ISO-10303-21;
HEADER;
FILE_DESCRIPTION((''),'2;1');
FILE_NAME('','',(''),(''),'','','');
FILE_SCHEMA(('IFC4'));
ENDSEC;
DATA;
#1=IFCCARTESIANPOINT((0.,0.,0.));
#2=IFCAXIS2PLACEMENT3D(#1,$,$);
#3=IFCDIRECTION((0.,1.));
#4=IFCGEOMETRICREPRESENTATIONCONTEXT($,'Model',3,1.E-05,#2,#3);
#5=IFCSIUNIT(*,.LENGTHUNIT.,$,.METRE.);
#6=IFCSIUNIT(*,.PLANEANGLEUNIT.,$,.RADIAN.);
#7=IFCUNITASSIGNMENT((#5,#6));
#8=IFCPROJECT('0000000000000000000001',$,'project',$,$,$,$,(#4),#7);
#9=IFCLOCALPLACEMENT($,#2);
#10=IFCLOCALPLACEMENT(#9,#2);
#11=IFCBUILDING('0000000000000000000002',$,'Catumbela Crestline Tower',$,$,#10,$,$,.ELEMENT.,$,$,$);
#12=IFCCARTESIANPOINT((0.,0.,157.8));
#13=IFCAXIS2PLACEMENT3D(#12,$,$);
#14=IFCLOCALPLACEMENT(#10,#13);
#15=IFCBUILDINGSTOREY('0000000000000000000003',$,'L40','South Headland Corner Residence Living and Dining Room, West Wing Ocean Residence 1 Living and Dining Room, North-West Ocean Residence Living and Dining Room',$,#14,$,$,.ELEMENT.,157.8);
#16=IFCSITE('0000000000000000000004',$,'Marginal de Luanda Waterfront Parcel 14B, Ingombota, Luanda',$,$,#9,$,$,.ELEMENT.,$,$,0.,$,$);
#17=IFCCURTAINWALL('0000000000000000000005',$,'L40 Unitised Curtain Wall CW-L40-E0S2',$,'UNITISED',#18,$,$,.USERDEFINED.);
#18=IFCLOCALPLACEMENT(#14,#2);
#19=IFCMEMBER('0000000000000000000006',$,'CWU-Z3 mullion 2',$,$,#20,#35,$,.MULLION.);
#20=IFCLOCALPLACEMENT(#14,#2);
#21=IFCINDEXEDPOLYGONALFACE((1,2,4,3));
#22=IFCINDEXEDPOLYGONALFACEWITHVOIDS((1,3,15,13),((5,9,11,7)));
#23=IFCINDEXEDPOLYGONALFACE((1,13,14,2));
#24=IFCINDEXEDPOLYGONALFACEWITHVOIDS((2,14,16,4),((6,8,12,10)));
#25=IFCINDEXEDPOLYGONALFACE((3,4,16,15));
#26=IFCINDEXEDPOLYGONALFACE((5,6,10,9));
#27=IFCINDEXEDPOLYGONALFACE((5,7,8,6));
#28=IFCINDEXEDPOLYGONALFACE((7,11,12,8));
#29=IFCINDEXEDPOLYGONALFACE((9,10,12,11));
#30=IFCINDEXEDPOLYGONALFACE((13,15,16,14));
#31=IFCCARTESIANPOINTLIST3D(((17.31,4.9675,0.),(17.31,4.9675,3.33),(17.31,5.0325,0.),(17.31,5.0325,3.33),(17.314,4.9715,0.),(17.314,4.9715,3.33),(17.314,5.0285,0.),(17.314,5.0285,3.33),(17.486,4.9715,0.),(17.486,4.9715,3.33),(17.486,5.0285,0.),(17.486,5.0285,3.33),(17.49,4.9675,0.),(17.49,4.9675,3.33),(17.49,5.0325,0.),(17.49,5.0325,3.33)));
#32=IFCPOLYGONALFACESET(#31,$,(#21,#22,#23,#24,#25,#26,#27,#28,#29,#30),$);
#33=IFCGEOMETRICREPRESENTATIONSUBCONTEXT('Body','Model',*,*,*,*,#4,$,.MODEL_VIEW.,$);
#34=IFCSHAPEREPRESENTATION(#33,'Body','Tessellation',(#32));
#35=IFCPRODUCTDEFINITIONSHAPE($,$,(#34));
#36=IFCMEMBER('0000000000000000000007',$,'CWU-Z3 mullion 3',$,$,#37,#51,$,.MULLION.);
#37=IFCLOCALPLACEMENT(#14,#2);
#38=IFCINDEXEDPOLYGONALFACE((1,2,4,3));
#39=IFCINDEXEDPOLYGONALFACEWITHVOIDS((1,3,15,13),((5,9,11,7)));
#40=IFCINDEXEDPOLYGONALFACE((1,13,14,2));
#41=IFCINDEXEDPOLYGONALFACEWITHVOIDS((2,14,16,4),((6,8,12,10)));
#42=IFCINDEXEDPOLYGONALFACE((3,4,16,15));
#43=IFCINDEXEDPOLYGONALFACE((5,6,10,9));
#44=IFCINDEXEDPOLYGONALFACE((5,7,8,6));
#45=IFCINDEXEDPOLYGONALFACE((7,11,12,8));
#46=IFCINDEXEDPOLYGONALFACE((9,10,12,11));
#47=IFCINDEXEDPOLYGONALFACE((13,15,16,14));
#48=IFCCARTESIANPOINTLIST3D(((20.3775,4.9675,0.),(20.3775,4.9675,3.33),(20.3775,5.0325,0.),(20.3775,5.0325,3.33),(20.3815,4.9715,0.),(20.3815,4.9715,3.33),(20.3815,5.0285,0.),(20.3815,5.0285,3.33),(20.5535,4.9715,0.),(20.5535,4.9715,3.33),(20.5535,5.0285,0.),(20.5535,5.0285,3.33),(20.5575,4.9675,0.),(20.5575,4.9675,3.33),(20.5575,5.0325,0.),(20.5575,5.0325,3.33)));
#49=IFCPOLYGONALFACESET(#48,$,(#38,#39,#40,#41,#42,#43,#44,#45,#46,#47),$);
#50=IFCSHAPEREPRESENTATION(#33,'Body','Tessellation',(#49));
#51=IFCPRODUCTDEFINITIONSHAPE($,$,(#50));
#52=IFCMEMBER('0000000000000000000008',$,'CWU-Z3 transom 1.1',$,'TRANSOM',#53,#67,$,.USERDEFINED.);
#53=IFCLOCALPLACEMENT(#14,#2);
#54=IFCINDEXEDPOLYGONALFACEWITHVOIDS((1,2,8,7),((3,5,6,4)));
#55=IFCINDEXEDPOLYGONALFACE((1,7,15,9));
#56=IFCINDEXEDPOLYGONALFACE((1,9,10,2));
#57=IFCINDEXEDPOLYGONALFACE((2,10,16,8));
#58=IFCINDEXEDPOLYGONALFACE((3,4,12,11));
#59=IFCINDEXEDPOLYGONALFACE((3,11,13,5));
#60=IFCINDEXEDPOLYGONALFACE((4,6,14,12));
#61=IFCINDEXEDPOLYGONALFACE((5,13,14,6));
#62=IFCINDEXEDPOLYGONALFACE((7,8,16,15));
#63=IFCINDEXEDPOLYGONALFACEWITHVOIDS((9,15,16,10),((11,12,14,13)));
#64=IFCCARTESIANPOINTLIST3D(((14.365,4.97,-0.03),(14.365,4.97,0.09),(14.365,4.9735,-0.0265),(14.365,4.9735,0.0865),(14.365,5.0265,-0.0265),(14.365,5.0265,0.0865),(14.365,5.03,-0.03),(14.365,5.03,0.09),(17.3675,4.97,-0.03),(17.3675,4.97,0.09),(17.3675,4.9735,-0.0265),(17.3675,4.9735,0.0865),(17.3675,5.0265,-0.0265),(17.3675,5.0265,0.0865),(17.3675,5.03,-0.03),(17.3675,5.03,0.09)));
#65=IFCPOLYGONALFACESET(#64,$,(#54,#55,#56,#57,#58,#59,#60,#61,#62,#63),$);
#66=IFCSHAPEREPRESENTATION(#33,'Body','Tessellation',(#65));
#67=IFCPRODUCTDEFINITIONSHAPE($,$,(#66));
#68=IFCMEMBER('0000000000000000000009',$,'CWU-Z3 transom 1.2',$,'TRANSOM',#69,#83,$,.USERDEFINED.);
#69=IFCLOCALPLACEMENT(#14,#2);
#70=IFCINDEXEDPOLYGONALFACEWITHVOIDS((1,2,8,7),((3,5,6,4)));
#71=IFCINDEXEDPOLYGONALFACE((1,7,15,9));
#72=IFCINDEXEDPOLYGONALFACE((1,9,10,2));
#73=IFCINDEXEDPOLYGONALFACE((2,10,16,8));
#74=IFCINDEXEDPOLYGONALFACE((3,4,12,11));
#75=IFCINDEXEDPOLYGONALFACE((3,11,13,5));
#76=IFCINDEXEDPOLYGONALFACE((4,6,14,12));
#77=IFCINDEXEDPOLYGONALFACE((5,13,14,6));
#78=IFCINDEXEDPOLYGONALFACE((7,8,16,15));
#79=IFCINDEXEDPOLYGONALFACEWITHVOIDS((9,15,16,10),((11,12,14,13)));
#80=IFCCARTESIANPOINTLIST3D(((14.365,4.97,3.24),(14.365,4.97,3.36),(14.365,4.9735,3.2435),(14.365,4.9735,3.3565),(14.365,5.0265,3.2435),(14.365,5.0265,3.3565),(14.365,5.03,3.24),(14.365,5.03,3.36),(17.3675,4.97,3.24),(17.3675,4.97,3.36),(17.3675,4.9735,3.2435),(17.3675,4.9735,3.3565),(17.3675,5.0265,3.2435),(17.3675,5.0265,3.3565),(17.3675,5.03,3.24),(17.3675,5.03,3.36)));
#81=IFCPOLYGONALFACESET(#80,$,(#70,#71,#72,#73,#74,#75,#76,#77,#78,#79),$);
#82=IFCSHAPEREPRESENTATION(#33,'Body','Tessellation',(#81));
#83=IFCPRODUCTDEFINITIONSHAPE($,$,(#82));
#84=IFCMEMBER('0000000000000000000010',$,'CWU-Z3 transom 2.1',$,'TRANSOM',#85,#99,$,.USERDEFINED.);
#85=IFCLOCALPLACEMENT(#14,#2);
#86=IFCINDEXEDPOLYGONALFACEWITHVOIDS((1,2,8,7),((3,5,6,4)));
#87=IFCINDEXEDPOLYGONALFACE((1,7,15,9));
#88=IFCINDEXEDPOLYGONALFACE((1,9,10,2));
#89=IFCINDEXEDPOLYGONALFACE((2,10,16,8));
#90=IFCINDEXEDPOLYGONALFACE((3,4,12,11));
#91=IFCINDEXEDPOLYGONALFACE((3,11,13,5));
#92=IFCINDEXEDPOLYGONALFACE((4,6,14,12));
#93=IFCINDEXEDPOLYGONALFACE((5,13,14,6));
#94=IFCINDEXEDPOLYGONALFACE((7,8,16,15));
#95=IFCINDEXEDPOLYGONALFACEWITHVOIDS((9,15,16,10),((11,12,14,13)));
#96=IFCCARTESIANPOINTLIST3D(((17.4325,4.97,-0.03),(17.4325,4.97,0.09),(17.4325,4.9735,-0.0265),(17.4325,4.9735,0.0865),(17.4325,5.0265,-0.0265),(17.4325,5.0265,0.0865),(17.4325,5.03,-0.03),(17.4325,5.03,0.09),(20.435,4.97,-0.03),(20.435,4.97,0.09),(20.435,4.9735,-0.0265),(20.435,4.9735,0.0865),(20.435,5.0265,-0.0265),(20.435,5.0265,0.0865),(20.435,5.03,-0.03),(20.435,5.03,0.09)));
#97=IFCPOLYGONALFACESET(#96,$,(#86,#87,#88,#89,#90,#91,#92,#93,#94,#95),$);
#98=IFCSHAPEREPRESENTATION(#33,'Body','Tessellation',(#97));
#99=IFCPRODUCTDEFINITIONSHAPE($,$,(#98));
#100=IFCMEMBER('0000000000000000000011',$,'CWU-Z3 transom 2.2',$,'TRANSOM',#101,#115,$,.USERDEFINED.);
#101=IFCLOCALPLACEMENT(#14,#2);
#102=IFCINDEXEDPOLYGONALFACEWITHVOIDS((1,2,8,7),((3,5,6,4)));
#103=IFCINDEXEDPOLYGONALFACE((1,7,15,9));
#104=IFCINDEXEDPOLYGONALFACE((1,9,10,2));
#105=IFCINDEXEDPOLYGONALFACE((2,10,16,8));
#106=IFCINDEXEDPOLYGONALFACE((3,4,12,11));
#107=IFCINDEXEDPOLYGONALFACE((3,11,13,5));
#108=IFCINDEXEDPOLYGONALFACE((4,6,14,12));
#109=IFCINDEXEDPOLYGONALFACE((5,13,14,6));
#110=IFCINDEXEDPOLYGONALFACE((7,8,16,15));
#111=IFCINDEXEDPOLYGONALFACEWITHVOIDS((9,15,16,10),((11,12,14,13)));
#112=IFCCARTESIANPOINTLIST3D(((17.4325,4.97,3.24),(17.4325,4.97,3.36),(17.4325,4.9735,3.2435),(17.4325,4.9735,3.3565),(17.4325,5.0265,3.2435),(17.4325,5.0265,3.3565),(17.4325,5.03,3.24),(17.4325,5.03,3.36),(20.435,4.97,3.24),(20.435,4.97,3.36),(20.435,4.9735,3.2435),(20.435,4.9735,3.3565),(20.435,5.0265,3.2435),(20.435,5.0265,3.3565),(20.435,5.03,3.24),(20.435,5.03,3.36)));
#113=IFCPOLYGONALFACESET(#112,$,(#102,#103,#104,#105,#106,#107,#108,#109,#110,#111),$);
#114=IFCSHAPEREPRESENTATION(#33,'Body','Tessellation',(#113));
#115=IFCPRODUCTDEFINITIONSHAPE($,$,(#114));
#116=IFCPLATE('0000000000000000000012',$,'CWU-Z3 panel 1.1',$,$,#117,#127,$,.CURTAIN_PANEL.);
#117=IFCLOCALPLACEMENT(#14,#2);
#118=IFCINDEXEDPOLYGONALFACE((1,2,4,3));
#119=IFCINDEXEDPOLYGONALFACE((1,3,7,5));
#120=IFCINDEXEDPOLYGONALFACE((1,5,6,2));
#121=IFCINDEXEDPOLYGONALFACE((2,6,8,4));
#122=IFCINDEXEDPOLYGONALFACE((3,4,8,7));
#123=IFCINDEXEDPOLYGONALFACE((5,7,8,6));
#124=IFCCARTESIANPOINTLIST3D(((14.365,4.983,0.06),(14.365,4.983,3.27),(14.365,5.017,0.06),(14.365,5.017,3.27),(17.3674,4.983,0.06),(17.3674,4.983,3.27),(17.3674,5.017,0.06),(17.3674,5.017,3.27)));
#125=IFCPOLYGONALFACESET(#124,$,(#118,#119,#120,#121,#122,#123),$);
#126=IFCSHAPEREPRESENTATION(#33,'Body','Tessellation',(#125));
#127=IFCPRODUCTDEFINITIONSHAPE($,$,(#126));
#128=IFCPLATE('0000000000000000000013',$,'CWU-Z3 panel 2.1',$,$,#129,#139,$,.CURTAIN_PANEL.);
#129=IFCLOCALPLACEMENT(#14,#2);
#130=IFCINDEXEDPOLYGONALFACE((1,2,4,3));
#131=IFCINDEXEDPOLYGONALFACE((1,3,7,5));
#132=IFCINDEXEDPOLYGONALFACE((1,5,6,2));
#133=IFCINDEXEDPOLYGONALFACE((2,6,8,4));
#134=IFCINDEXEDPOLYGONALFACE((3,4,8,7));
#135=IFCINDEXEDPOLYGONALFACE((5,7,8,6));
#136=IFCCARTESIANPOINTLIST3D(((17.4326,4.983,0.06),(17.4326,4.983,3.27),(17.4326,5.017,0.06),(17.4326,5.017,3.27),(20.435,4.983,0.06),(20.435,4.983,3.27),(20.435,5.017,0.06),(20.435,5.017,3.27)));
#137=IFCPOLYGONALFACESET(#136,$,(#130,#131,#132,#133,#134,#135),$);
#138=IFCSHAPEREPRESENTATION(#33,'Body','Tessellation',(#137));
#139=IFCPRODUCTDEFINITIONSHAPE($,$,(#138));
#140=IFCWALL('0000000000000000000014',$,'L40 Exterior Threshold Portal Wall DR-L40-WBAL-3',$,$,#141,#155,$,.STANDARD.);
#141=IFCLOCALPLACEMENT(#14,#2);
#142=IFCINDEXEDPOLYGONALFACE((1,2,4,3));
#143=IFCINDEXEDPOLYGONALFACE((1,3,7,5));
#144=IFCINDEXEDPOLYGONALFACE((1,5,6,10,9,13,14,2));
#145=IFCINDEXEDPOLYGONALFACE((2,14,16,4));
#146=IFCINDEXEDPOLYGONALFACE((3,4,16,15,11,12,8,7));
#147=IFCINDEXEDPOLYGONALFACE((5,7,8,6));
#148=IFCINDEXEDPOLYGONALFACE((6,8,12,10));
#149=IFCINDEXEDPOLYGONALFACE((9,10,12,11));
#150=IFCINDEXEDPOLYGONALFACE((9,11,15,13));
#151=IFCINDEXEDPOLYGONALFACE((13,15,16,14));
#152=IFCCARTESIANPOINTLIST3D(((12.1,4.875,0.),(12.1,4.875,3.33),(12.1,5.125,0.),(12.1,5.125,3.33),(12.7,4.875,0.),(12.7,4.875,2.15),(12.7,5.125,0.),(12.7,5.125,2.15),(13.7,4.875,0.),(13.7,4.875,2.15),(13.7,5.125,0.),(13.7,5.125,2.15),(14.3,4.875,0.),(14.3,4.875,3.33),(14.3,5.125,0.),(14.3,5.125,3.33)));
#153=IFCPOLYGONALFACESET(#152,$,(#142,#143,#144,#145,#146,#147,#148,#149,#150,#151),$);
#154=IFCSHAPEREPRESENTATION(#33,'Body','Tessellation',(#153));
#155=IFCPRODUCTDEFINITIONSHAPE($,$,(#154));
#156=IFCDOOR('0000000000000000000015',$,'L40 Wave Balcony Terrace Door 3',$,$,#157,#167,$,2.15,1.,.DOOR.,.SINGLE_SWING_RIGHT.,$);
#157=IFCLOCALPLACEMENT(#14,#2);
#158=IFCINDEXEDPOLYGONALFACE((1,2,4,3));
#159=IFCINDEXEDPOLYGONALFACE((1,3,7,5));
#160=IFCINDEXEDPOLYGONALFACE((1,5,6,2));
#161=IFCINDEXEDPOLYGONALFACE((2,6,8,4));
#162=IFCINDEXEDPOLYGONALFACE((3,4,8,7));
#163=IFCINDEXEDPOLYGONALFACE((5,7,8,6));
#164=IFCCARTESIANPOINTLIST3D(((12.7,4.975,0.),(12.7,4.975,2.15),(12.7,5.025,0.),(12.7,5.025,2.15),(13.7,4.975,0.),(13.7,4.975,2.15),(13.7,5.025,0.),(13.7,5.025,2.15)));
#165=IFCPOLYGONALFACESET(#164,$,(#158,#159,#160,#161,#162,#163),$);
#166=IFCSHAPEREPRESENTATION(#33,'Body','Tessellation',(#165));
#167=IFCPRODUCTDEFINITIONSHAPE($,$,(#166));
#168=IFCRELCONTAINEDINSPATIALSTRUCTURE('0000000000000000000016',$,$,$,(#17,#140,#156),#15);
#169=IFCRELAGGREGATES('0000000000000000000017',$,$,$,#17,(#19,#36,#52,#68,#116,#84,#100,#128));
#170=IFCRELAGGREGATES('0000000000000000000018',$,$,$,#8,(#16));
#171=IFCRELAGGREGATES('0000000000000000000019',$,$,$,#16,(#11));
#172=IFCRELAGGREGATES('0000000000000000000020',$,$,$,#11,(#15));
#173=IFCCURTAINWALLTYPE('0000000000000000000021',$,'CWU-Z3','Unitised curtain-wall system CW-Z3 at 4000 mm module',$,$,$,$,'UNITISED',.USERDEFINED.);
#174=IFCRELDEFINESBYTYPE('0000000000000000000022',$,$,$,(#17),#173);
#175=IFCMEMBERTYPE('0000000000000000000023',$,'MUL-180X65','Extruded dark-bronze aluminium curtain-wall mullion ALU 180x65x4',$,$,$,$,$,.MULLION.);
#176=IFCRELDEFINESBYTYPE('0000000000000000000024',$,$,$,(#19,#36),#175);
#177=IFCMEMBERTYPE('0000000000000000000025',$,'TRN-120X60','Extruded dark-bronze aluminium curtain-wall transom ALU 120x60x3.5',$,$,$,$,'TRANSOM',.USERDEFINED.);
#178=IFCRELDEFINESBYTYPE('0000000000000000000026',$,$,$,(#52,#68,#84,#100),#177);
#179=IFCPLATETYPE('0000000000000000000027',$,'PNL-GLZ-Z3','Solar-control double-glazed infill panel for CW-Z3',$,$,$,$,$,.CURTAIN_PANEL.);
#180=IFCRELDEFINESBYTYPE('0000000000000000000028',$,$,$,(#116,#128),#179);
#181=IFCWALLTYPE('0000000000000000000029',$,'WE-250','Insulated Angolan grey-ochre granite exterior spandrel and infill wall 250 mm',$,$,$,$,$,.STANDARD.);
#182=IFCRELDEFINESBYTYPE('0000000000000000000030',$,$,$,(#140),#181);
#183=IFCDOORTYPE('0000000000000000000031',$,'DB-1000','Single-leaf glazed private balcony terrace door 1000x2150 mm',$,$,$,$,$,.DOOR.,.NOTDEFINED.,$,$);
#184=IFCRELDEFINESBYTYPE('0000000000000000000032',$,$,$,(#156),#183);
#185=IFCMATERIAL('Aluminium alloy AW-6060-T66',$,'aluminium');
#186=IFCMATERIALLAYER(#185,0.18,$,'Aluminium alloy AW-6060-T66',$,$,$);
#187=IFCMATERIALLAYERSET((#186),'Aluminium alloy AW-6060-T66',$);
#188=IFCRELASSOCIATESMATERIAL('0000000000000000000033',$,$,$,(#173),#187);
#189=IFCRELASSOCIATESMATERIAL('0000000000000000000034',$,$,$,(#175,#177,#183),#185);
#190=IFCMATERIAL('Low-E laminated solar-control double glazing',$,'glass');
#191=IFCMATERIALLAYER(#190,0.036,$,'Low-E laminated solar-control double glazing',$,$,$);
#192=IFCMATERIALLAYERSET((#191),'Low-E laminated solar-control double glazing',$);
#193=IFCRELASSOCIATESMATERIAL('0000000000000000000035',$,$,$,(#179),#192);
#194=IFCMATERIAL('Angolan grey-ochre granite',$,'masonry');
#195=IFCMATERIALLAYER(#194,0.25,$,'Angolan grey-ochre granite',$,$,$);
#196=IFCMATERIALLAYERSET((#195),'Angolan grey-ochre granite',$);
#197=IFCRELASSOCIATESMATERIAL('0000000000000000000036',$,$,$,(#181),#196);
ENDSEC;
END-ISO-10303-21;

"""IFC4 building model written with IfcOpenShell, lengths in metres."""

from ifc_helpers import new_model, si_unit, direction, frame, frame_2d, origin, origin_2d, place, context, subcontext, project, spatial, rectangle, hollow_rectangle, extrude, material, layer, layer_set, material_profile, profile_set, type_object, element, fill, aggregate, save


model = new_model("IFC4")

# Units and contexts
model_context = context("Model", 3, precision=1e-05, world=origin(), true_north=direction((0.0, 1.0)))
body_context = subcontext(model_context, "Body", "Model", "MODEL_VIEW")
ifc_project = project(units=[si_unit("LENGTHUNIT", "METRE"), si_unit("PLANEANGLEUNIT", "RADIAN")], contexts=[model_context])

# Site, building, storey
site_placement = place(None, origin())
site = spatial("IfcSite", under=ifc_project, at=site_placement, Name="Marginal de Luanda Waterfront Parcel 14B, Ingombota, Luanda", CompositionType="ELEMENT", RefElevation=0.0)
building_placement = place(site_placement, origin())
building = spatial("IfcBuilding", under=site, at=building_placement, Name="Catumbela Crestline Tower", CompositionType="ELEMENT")
storey_placement = place(building_placement, frame((0.0, 0.0, 157.8)))
storey = spatial("IfcBuildingStorey", under=building, at=storey_placement, Name="L40", Description="South Headland Corner Residence Living and Dining Room, West Wing Ocean Residence 1 Living and Dining Room, North-West Ocean Residence Living and Dining Room", CompositionType="ELEMENT", Elevation=157.8)

# Curtain wall, members, plates
ifc_material_1 = material(Name="Aluminium alloy AW-6060-T66", Category="aluminium")
ifc_layer_1 = layer(ifc_material_1, 0.18, Name="Aluminium alloy AW-6060-T66")
ifc_layer_set_1 = layer_set([ifc_layer_1], Name="Aluminium alloy AW-6060-T66")
curtain_wall_type = type_object("IfcCurtainWallType", Name="CWU-Z3", Description="Unitised curtain-wall system CW-Z3 at 4000 mm module", ElementType="UNITISED", PredefinedType="USERDEFINED", material=ifc_layer_set_1)
curtain_wall_placement = place(storey_placement, origin())
curtain_wall = element("IfcCurtainWall", 1, at=curtain_wall_placement, inside=storey, type_object=curtain_wall_type, Name="L40 Unitised Curtain Wall CW-L40-E0S2", ObjectType="UNITISED", PredefinedType="USERDEFINED")
ifc_material_profile_1 = material_profile(ifc_material_1, hollow_rectangle(XDim=0.065, YDim=0.18, WallThickness=0.004, at=origin_2d()), Name="ALU 180x65x4")
ifc_profile_set_1 = profile_set([ifc_material_profile_1], Name="Aluminium alloy AW-6060-T66")
member_type_1 = type_object("IfcMemberType", Name="MUL-180X65", Description="Extruded dark-bronze aluminium curtain-wall mullion ALU 180x65x4", PredefinedType="MULLION", material=ifc_profile_set_1)
member_1_placement = place(storey_placement, frame((17.4, 5.0, 0.0), z_axis=(0.0, 0.0, 1.0), x_axis=(0.0, 1.0, 0.0)))
member_1 = element("IfcMember", 2, at=member_1_placement, type_object=member_type_1, Name="CWU-Z3 mullion 2", PredefinedType="MULLION", context=body_context, shape_type="SweptSolid", body=[
    extrude(hollow_rectangle(XDim=0.065, YDim=0.18, WallThickness=0.004, at=origin_2d()), origin(), (0.0, 0.0, 1.0), 3.33),
])
member_2_placement = place(storey_placement, frame((20.4675, 5.0, 0.0), z_axis=(0.0, 0.0, 1.0), x_axis=(0.0, 1.0, 0.0)))
member_2 = element("IfcMember", 3, at=member_2_placement, type_object=member_type_1, Name="CWU-Z3 mullion 3", PredefinedType="MULLION", context=body_context, shape_type="SweptSolid", body=[
    extrude(hollow_rectangle(XDim=0.065, YDim=0.18, WallThickness=0.004, at=origin_2d()), origin(), (0.0, 0.0, 1.0), 3.33),
])
ifc_material_profile_2 = material_profile(ifc_material_1, hollow_rectangle(XDim=0.06, YDim=0.12, WallThickness=0.0035, at=origin_2d()), Name="ALU 120x60x3.5")
ifc_profile_set_2 = profile_set([ifc_material_profile_2], Name="Aluminium alloy AW-6060-T66")
member_type_2 = type_object("IfcMemberType", Name="TRN-120X60", Description="Extruded dark-bronze aluminium curtain-wall transom ALU 120x60x3.5", ElementType="TRANSOM", PredefinedType="USERDEFINED", material=ifc_profile_set_2)
member_3_placement = place(storey_placement, frame((14.365, 5.0, 0.03), z_axis=(1.0, 0.0, 0.0), x_axis=(0.0, 1.0, 0.0)))
member_3 = element("IfcMember", 4, at=member_3_placement, type_object=member_type_2, Name="CWU-Z3 transom 1.1", ObjectType="TRANSOM", PredefinedType="USERDEFINED", context=body_context, shape_type="SweptSolid", body=[
    extrude(hollow_rectangle(XDim=0.06, YDim=0.12, WallThickness=0.0035, at=origin_2d()), origin(), (0.0, 0.0, 1.0), 3.0025),
])
member_4_placement = place(storey_placement, frame((14.365, 5.0, 3.3), z_axis=(1.0, 0.0, 0.0), x_axis=(0.0, 1.0, 0.0)))
member_4 = element("IfcMember", 5, at=member_4_placement, type_object=member_type_2, Name="CWU-Z3 transom 1.2", ObjectType="TRANSOM", PredefinedType="USERDEFINED", context=body_context, shape_type="SweptSolid", body=[
    extrude(hollow_rectangle(XDim=0.06, YDim=0.12, WallThickness=0.0035, at=origin_2d()), origin(), (0.0, 0.0, 1.0), 3.0025),
])
member_5_placement = place(storey_placement, frame((17.4325, 5.0, 0.03), z_axis=(1.0, 0.0, 0.0), x_axis=(0.0, 1.0, 0.0)))
member_5 = element("IfcMember", 6, at=member_5_placement, type_object=member_type_2, Name="CWU-Z3 transom 2.1", ObjectType="TRANSOM", PredefinedType="USERDEFINED", context=body_context, shape_type="SweptSolid", body=[
    extrude(hollow_rectangle(XDim=0.06, YDim=0.12, WallThickness=0.0035, at=origin_2d()), origin(), (0.0, 0.0, 1.0), 3.0025),
])
member_6_placement = place(storey_placement, frame((17.4325, 5.0, 3.3), z_axis=(1.0, 0.0, 0.0), x_axis=(0.0, 1.0, 0.0)))
member_6 = element("IfcMember", 7, at=member_6_placement, type_object=member_type_2, Name="CWU-Z3 transom 2.2", ObjectType="TRANSOM", PredefinedType="USERDEFINED", context=body_context, shape_type="SweptSolid", body=[
    extrude(hollow_rectangle(XDim=0.06, YDim=0.12, WallThickness=0.0035, at=origin_2d()), origin(), (0.0, 0.0, 1.0), 3.0025),
])
ifc_material_2 = material(Name="Low-E laminated solar-control double glazing", Category="glass")
ifc_layer_2 = layer(ifc_material_2, 0.036, Name="Low-E laminated solar-control double glazing")
ifc_layer_set_2 = layer_set([ifc_layer_2], Name="Low-E laminated solar-control double glazing")
plate_type = type_object("IfcPlateType", Name="PNL-GLZ-Z3", Description="Solar-control double-glazed infill panel for CW-Z3", PredefinedType="CURTAIN_PANEL", material=ifc_layer_set_2)
plate_1_placement = place(storey_placement, frame((15.8662, 5.0, 0.06), z_axis=(0.0, 0.0, 1.0), x_axis=(1.0, 0.0, 0.0)))
plate_1 = element("IfcPlate", 8, at=plate_1_placement, type_object=plate_type, Name="CWU-Z3 panel 1.1", PredefinedType="CURTAIN_PANEL", context=body_context, shape_type="SweptSolid", body=[
    extrude(rectangle(XDim=3.0025, YDim=0.034, at=origin_2d()), origin(), (0.0, 0.0, 1.0), 3.21),
])
plate_2_placement = place(storey_placement, frame((18.9338, 5.0, 0.06), z_axis=(0.0, 0.0, 1.0), x_axis=(1.0, 0.0, 0.0)))
plate_2 = element("IfcPlate", 9, at=plate_2_placement, type_object=plate_type, Name="CWU-Z3 panel 2.1", PredefinedType="CURTAIN_PANEL", context=body_context, shape_type="SweptSolid", body=[
    extrude(rectangle(XDim=3.0025, YDim=0.034, at=origin_2d()), origin(), (0.0, 0.0, 1.0), 3.21),
])
aggregate(curtain_wall, [member_1, member_2, member_3, member_4, plate_1, member_5, member_6, plate_2])

# Wall, opening, door
ifc_material_3 = material(Name="Angolan grey-ochre granite", Category="masonry")
ifc_layer_3 = layer(ifc_material_3, 0.25, Name="Angolan grey-ochre granite")
ifc_layer_set_3 = layer_set([ifc_layer_3], Name="Angolan grey-ochre granite")
wall_type_1 = type_object("IfcWallType", Name="WE-250", Description="Insulated Angolan grey-ochre granite exterior spandrel and infill wall 250 mm", PredefinedType="STANDARD", material=ifc_layer_set_3)
wall_1_placement = place(storey_placement, frame((12.1, 5.0, 0.0), z_axis=(0.0, 0.0, 1.0), x_axis=(1.0, 0.0, 0.0)))
wall_1 = element("IfcWall", 10, at=wall_1_placement, inside=storey, type_object=wall_type_1, Name="L40 Exterior Threshold Portal Wall DR-L40-WBAL-3", PredefinedType="STANDARD", context=body_context, shape_type="SweptSolid", body=[
    extrude(rectangle(XDim=2.2, YDim=0.25, at=frame_2d((1.1, 0.0))), origin(), (0.0, 0.0, 1.0), 3.33),
])
opening_1_placement = place(wall_1_placement, frame((0.6, 0.0, 0.0)))
opening_1 = element("IfcOpeningElement", 11, at=opening_1_placement, cuts=wall_1, PredefinedType="OPENING", context=body_context, shape_type="SweptSolid", body=[
    extrude(rectangle(XDim=1.0, YDim=2.15, at=frame_2d((0.5, 1.075))), frame((0.0, 0.135, 0.0), z_axis=(0.0, -1.0, 0.0), x_axis=(1.0, 0.0, 0.0)), (0.0, 0.0, 1.0), 0.27),
])
door_type_1 = type_object("IfcDoorType", Name="DB-1000", Description="Single-leaf glazed private balcony terrace door 1000x2150 mm", OperationType="NOTDEFINED", PredefinedType="DOOR", material=ifc_material_1)
door_1_placement = place(opening_1_placement, origin())
door_1 = element("IfcDoor", 12, at=door_1_placement, inside=storey, type_object=door_type_1, Name="L40 Wave Balcony Terrace Door 3", OperationType="SINGLE_SWING_RIGHT", OverallHeight=2.15, OverallWidth=1.0, PredefinedType="DOOR", context=body_context, shape_type="SweptSolid", body=[
    extrude(rectangle(XDim=1.0, YDim=2.15, at=frame_2d((0.5, 1.075))), frame((0.0, 0.025, 0.0), z_axis=(0.0, -1.0, 0.0), x_axis=(1.0, 0.0, 0.0)), (0.0, 0.0, 1.0), 0.05),
])
fill(opening_1, door_1)

save(model, "model.ifc")
